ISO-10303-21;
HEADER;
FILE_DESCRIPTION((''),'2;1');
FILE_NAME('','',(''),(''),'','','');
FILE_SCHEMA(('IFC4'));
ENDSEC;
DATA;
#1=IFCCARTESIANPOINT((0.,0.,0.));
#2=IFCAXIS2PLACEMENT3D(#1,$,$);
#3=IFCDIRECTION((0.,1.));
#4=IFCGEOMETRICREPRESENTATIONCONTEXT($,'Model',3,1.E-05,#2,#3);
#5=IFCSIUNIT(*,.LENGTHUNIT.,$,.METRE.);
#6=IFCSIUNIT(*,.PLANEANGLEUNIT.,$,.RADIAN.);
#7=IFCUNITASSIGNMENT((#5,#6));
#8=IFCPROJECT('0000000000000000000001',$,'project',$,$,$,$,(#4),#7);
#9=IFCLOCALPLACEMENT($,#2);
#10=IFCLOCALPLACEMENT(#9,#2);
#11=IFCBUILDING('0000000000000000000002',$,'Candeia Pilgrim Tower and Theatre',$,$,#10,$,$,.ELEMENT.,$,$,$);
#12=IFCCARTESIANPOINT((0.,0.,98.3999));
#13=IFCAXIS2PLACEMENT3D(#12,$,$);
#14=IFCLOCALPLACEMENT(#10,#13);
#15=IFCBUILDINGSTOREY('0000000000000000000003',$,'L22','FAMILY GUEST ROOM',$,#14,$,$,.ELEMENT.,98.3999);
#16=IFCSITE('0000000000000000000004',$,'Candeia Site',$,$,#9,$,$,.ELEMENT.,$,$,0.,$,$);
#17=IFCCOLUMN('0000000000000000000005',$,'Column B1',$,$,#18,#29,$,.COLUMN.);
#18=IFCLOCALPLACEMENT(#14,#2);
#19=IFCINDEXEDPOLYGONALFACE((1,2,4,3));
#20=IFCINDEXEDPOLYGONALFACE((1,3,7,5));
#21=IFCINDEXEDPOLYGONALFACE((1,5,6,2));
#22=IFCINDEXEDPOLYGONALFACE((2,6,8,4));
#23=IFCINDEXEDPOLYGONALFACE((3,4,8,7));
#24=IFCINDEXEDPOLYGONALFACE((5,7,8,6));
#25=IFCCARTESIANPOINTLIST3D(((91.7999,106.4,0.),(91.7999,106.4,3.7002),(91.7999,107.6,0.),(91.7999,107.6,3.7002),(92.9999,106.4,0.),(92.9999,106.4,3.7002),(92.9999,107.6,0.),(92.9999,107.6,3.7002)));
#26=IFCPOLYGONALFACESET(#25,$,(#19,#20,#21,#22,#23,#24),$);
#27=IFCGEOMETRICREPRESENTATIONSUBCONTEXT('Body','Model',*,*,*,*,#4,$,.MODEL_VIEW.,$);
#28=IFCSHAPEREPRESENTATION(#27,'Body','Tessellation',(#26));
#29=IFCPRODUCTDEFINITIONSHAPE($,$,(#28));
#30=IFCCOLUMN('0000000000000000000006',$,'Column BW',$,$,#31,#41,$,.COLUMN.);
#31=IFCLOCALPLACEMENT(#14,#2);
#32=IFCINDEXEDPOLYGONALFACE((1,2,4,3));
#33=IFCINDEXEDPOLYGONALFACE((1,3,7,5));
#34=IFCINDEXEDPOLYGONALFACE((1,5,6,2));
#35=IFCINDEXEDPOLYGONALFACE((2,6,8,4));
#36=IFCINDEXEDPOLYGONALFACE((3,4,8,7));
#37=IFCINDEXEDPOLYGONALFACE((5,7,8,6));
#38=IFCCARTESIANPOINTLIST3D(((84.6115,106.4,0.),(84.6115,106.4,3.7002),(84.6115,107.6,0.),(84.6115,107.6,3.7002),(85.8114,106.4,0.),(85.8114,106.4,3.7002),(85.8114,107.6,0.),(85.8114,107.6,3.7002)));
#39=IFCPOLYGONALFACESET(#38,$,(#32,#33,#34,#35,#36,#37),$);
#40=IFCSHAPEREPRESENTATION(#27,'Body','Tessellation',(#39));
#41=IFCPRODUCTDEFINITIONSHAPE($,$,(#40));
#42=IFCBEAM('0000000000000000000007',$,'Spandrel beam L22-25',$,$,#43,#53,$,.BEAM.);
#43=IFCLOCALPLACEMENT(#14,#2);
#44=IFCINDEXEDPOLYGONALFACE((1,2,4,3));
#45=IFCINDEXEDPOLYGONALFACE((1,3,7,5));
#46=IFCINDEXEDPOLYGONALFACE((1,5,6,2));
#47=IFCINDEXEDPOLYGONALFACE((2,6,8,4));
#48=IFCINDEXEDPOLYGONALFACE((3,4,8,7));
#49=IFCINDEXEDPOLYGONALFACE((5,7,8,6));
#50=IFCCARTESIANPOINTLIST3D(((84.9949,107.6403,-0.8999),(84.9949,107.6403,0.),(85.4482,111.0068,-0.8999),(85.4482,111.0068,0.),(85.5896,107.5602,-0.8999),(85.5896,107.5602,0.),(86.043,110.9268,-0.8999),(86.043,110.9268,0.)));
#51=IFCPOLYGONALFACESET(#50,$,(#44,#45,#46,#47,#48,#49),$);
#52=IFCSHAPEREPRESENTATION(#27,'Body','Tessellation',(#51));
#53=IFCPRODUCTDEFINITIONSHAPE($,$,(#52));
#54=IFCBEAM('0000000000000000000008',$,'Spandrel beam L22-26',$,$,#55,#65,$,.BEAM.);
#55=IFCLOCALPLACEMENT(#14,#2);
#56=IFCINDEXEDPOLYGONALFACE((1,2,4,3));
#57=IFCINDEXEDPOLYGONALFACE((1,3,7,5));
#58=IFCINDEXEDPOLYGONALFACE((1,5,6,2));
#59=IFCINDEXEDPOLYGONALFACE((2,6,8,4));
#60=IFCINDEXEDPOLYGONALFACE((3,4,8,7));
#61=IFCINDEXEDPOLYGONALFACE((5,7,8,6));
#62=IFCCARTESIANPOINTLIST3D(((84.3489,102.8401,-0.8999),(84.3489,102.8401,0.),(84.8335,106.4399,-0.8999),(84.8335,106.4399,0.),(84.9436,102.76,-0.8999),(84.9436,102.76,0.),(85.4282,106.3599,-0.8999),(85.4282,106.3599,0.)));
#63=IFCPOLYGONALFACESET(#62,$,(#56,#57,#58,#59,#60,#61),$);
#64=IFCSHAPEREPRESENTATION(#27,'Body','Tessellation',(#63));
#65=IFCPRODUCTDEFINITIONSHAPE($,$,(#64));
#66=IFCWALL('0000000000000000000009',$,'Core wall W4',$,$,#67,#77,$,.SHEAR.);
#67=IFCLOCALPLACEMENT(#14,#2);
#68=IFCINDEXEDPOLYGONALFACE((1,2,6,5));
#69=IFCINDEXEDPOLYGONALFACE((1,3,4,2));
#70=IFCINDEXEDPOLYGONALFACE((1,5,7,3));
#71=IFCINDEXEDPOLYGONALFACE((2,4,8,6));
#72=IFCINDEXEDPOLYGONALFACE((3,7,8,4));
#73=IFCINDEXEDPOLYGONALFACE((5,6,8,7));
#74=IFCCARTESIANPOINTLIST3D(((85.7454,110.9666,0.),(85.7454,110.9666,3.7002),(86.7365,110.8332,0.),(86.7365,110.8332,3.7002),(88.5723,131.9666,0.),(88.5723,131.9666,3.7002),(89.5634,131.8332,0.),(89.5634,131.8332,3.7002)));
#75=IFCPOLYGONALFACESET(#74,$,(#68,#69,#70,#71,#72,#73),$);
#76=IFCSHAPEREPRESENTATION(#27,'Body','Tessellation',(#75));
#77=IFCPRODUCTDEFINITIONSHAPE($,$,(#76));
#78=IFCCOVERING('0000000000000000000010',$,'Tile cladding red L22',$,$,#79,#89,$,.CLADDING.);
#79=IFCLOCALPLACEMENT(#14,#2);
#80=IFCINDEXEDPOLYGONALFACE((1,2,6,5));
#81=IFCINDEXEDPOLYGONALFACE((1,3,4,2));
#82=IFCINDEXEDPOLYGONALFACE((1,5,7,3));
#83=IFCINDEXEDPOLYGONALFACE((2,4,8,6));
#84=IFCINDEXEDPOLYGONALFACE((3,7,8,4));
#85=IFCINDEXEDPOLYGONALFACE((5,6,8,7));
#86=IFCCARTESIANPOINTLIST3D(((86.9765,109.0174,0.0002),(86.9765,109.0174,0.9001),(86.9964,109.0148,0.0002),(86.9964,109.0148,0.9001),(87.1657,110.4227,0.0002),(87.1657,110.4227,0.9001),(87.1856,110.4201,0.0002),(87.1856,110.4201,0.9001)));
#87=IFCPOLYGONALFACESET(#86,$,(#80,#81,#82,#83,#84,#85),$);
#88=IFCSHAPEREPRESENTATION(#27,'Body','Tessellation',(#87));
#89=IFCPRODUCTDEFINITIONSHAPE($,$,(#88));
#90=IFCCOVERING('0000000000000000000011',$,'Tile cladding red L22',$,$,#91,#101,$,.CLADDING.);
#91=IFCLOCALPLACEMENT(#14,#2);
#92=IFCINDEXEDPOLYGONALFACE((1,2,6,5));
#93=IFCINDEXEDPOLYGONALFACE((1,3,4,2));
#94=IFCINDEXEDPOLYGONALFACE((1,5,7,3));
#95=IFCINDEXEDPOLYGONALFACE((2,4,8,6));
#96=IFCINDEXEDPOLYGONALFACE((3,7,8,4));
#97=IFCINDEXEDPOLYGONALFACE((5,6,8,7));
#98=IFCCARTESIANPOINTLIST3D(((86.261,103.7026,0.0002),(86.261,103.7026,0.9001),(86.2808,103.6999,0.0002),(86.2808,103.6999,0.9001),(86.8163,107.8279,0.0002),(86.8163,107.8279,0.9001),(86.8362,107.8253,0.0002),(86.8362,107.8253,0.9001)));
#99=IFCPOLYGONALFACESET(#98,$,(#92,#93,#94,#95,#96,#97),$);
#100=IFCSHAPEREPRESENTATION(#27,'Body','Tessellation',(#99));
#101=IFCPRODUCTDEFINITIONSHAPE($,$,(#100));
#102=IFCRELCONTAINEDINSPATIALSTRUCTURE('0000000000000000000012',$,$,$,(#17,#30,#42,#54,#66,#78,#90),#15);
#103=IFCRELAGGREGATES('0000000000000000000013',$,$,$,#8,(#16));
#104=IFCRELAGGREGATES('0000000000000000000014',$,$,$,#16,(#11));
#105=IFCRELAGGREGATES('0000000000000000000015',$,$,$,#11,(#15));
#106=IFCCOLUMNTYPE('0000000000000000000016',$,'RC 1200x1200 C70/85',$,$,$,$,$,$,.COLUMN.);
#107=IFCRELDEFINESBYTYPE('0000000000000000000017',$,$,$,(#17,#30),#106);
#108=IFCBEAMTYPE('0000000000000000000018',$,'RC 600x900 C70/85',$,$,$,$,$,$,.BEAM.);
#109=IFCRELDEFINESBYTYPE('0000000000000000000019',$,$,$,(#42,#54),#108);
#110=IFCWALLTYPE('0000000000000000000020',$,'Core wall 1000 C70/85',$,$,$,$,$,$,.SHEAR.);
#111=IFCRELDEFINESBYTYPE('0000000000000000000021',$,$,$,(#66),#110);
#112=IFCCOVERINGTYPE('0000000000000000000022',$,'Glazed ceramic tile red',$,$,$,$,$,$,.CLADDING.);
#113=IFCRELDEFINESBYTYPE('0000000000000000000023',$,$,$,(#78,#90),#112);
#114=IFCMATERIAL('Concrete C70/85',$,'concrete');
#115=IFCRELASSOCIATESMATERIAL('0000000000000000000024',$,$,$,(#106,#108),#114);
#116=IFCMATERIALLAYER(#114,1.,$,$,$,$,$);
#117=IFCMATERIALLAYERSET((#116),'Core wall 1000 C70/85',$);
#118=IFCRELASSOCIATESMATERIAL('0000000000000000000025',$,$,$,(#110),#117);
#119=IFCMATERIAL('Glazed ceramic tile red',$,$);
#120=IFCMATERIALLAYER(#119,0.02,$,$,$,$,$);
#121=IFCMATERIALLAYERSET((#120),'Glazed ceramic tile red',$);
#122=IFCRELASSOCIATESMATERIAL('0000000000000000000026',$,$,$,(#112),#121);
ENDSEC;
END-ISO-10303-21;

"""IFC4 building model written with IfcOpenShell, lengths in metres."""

from ifc_helpers import new_model, si_unit, direction, frame, frame_2d, origin, origin_2d, place, context, subcontext, project, spatial, rectangle, extrude, material, layer, layer_set, material_profile, profile_set, type_object, element, save


model = new_model("IFC4")

# Units and contexts
model_context = context("Model", 3, precision=1e-05, world=origin(), true_north=direction((0.0, 1.0)))
body_context = subcontext(model_context, "Body", "Model", "MODEL_VIEW")
ifc_project = project(units=[si_unit("LENGTHUNIT", "METRE"), si_unit("PLANEANGLEUNIT", "RADIAN")], contexts=[model_context])

# Site, building, storey
site_placement = place(None, origin())
site = spatial("IfcSite", under=ifc_project, at=site_placement, Name="Candeia Site", CompositionType="ELEMENT", RefElevation=0.0)
building_placement = place(site_placement, origin())
building = spatial("IfcBuilding", under=site, at=building_placement, Name="Candeia Pilgrim Tower and Theatre", CompositionType="ELEMENT")
storey_placement = place(building_placement, frame((0.0, 0.0, 98.3999)))
storey = spatial("IfcBuildingStorey", under=building, at=storey_placement, Name="L22", Description="FAMILY GUEST ROOM", CompositionType="ELEMENT", Elevation=98.3999)

# Columns
ifc_material_1 = material(Name="Concrete C70/85", Category="concrete")
ifc_material_profile_1 = material_profile(ifc_material_1, rectangle(XDim=1.2, YDim=1.2, at=origin_2d()))
ifc_profile_set_1 = profile_set([ifc_material_profile_1], Name="Concrete C70/85")
column_type = type_object("IfcColumnType", Name="RC 1200x1200 C70/85", PredefinedType="COLUMN", material=ifc_profile_set_1)
for number, where, z_axis, x_axis, name in (
    (1, (92.3999, 107.0, 0.0), (0.0, 0.0, 1.0), (1.0, 0.0, 0.0), "Column B1"),
    (2, (85.2114, 107.0, 0.0), (0.0, 0.0, 1.0), (1.0, 0.0, 0.0), "Column BW"),
):
    element("IfcColumn", number, at=place(storey_placement, frame(where, z_axis=z_axis, x_axis=x_axis)), inside=storey, type_object=column_type, Name=name, PredefinedType="COLUMN", context=body_context, shape_type="SweptSolid", body=[
        extrude(rectangle(XDim=1.2, YDim=1.2, at=origin_2d()), origin(), (0.0, 0.0, 1.0), 3.7002),
    ])

# Beams
ifc_material_profile_2 = material_profile(ifc_material_1, rectangle(XDim=0.6001, YDim=0.8999, at=origin_2d()))
ifc_profile_set_2 = profile_set([ifc_material_profile_2], Name="Concrete C70/85")
beam_type = type_object("IfcBeamType", Name="RC 600x900 C70/85", PredefinedType="BEAM", material=ifc_profile_set_2)
beam_1_placement = place(storey_placement, frame((85.7456, 110.9668, -0.45), z_axis=(-0.133458, -0.991054, 0.0), x_axis=(0.991054, -0.133458, 0.0)))
element("IfcBeam", 3, at=beam_1_placement, inside=storey, type_object=beam_type, Name="Spandrel beam L22-25", PredefinedType="BEAM", context=body_context, shape_type="SweptSolid", body=[
    extrude(rectangle(XDim=0.6001, YDim=0.8999, at=origin_2d()), origin(), (0.0, 0.0, 1.0), 3.397),
])
beam_2_placement = place(storey_placement, frame((85.1309, 106.3999, -0.45), z_axis=(-0.133418, -0.99106, 0.0), x_axis=(0.99106, -0.133418, 0.0)))
element("IfcBeam", 4, at=beam_2_placement, inside=storey, type_object=beam_type, Name="Spandrel beam L22-26", PredefinedType="BEAM", context=body_context, shape_type="SweptSolid", body=[
    extrude(rectangle(XDim=0.6001, YDim=0.8999, at=origin_2d()), origin(), (0.0, 0.0, 1.0), 3.6323),
])

# Wall
ifc_layer_1 = layer(ifc_material_1, 1.0)
ifc_layer_set_1 = layer_set([ifc_layer_1], Name="Core wall 1000 C70/85")
wall_type_1 = type_object("IfcWallType", Name="Core wall 1000 C70/85", PredefinedType="SHEAR", material=ifc_layer_set_1)
wall_1_placement = place(storey_placement, frame((86.241, 110.8999, 0.0), z_axis=(0.0, 0.0, 1.0), x_axis=(0.133411, 0.991061, 0.0)))
element("IfcWall", 5, at=wall_1_placement, inside=storey, type_object=wall_type_1, Name="Core wall W4", PredefinedType="SHEAR", context=body_context, shape_type="SweptSolid", body=[
    extrude(rectangle(XDim=21.1895, YDim=1.0, at=frame_2d((10.5947, 0.0))), origin(), (0.0, 0.0, 1.0), 3.7002),
])

# Coverings
ifc_material_2 = material(Name="Glazed ceramic tile red")
ifc_layer_2 = layer(ifc_material_2, 0.02)
ifc_layer_set_2 = layer_set([ifc_layer_2], Name="Glazed ceramic tile red")
covering_type = type_object("IfcCoveringType", Name="Glazed ceramic tile red", PredefinedType="CLADDING", material=ifc_layer_set_2)
covering_1_placement = place(storey_placement, frame((87.0811, 109.7188, 0.0002), z_axis=(0.0, 0.0, 1.0), x_axis=(-0.133412, -0.991061, 0.0)))
element("IfcCovering", 6, at=covering_1_placement, inside=storey, type_object=covering_type, Name="Tile cladding red L22", PredefinedType="CLADDING", context=body_context, shape_type="SweptSolid", body=[
    extrude(rectangle(XDim=1.418, YDim=0.02, at=origin_2d()), origin(), (0.0, 0.0, 1.0), 0.8999),
])
covering_2_placement = place(storey_placement, frame((86.5486, 105.7639, 0.0002), z_axis=(0.0, 0.0, 1.0), x_axis=(-0.133412, -0.991061, 0.0)))
element("IfcCovering", 7, at=covering_2_placement, inside=storey, type_object=covering_type, Name="Tile cladding red L22", PredefinedType="CLADDING", context=body_context, shape_type="SweptSolid", body=[
    extrude(rectangle(XDim=4.1626, YDim=0.02, at=origin_2d()), origin(), (0.0, 0.0, 1.0), 0.8999),
])

save(model, "model.ifc")
